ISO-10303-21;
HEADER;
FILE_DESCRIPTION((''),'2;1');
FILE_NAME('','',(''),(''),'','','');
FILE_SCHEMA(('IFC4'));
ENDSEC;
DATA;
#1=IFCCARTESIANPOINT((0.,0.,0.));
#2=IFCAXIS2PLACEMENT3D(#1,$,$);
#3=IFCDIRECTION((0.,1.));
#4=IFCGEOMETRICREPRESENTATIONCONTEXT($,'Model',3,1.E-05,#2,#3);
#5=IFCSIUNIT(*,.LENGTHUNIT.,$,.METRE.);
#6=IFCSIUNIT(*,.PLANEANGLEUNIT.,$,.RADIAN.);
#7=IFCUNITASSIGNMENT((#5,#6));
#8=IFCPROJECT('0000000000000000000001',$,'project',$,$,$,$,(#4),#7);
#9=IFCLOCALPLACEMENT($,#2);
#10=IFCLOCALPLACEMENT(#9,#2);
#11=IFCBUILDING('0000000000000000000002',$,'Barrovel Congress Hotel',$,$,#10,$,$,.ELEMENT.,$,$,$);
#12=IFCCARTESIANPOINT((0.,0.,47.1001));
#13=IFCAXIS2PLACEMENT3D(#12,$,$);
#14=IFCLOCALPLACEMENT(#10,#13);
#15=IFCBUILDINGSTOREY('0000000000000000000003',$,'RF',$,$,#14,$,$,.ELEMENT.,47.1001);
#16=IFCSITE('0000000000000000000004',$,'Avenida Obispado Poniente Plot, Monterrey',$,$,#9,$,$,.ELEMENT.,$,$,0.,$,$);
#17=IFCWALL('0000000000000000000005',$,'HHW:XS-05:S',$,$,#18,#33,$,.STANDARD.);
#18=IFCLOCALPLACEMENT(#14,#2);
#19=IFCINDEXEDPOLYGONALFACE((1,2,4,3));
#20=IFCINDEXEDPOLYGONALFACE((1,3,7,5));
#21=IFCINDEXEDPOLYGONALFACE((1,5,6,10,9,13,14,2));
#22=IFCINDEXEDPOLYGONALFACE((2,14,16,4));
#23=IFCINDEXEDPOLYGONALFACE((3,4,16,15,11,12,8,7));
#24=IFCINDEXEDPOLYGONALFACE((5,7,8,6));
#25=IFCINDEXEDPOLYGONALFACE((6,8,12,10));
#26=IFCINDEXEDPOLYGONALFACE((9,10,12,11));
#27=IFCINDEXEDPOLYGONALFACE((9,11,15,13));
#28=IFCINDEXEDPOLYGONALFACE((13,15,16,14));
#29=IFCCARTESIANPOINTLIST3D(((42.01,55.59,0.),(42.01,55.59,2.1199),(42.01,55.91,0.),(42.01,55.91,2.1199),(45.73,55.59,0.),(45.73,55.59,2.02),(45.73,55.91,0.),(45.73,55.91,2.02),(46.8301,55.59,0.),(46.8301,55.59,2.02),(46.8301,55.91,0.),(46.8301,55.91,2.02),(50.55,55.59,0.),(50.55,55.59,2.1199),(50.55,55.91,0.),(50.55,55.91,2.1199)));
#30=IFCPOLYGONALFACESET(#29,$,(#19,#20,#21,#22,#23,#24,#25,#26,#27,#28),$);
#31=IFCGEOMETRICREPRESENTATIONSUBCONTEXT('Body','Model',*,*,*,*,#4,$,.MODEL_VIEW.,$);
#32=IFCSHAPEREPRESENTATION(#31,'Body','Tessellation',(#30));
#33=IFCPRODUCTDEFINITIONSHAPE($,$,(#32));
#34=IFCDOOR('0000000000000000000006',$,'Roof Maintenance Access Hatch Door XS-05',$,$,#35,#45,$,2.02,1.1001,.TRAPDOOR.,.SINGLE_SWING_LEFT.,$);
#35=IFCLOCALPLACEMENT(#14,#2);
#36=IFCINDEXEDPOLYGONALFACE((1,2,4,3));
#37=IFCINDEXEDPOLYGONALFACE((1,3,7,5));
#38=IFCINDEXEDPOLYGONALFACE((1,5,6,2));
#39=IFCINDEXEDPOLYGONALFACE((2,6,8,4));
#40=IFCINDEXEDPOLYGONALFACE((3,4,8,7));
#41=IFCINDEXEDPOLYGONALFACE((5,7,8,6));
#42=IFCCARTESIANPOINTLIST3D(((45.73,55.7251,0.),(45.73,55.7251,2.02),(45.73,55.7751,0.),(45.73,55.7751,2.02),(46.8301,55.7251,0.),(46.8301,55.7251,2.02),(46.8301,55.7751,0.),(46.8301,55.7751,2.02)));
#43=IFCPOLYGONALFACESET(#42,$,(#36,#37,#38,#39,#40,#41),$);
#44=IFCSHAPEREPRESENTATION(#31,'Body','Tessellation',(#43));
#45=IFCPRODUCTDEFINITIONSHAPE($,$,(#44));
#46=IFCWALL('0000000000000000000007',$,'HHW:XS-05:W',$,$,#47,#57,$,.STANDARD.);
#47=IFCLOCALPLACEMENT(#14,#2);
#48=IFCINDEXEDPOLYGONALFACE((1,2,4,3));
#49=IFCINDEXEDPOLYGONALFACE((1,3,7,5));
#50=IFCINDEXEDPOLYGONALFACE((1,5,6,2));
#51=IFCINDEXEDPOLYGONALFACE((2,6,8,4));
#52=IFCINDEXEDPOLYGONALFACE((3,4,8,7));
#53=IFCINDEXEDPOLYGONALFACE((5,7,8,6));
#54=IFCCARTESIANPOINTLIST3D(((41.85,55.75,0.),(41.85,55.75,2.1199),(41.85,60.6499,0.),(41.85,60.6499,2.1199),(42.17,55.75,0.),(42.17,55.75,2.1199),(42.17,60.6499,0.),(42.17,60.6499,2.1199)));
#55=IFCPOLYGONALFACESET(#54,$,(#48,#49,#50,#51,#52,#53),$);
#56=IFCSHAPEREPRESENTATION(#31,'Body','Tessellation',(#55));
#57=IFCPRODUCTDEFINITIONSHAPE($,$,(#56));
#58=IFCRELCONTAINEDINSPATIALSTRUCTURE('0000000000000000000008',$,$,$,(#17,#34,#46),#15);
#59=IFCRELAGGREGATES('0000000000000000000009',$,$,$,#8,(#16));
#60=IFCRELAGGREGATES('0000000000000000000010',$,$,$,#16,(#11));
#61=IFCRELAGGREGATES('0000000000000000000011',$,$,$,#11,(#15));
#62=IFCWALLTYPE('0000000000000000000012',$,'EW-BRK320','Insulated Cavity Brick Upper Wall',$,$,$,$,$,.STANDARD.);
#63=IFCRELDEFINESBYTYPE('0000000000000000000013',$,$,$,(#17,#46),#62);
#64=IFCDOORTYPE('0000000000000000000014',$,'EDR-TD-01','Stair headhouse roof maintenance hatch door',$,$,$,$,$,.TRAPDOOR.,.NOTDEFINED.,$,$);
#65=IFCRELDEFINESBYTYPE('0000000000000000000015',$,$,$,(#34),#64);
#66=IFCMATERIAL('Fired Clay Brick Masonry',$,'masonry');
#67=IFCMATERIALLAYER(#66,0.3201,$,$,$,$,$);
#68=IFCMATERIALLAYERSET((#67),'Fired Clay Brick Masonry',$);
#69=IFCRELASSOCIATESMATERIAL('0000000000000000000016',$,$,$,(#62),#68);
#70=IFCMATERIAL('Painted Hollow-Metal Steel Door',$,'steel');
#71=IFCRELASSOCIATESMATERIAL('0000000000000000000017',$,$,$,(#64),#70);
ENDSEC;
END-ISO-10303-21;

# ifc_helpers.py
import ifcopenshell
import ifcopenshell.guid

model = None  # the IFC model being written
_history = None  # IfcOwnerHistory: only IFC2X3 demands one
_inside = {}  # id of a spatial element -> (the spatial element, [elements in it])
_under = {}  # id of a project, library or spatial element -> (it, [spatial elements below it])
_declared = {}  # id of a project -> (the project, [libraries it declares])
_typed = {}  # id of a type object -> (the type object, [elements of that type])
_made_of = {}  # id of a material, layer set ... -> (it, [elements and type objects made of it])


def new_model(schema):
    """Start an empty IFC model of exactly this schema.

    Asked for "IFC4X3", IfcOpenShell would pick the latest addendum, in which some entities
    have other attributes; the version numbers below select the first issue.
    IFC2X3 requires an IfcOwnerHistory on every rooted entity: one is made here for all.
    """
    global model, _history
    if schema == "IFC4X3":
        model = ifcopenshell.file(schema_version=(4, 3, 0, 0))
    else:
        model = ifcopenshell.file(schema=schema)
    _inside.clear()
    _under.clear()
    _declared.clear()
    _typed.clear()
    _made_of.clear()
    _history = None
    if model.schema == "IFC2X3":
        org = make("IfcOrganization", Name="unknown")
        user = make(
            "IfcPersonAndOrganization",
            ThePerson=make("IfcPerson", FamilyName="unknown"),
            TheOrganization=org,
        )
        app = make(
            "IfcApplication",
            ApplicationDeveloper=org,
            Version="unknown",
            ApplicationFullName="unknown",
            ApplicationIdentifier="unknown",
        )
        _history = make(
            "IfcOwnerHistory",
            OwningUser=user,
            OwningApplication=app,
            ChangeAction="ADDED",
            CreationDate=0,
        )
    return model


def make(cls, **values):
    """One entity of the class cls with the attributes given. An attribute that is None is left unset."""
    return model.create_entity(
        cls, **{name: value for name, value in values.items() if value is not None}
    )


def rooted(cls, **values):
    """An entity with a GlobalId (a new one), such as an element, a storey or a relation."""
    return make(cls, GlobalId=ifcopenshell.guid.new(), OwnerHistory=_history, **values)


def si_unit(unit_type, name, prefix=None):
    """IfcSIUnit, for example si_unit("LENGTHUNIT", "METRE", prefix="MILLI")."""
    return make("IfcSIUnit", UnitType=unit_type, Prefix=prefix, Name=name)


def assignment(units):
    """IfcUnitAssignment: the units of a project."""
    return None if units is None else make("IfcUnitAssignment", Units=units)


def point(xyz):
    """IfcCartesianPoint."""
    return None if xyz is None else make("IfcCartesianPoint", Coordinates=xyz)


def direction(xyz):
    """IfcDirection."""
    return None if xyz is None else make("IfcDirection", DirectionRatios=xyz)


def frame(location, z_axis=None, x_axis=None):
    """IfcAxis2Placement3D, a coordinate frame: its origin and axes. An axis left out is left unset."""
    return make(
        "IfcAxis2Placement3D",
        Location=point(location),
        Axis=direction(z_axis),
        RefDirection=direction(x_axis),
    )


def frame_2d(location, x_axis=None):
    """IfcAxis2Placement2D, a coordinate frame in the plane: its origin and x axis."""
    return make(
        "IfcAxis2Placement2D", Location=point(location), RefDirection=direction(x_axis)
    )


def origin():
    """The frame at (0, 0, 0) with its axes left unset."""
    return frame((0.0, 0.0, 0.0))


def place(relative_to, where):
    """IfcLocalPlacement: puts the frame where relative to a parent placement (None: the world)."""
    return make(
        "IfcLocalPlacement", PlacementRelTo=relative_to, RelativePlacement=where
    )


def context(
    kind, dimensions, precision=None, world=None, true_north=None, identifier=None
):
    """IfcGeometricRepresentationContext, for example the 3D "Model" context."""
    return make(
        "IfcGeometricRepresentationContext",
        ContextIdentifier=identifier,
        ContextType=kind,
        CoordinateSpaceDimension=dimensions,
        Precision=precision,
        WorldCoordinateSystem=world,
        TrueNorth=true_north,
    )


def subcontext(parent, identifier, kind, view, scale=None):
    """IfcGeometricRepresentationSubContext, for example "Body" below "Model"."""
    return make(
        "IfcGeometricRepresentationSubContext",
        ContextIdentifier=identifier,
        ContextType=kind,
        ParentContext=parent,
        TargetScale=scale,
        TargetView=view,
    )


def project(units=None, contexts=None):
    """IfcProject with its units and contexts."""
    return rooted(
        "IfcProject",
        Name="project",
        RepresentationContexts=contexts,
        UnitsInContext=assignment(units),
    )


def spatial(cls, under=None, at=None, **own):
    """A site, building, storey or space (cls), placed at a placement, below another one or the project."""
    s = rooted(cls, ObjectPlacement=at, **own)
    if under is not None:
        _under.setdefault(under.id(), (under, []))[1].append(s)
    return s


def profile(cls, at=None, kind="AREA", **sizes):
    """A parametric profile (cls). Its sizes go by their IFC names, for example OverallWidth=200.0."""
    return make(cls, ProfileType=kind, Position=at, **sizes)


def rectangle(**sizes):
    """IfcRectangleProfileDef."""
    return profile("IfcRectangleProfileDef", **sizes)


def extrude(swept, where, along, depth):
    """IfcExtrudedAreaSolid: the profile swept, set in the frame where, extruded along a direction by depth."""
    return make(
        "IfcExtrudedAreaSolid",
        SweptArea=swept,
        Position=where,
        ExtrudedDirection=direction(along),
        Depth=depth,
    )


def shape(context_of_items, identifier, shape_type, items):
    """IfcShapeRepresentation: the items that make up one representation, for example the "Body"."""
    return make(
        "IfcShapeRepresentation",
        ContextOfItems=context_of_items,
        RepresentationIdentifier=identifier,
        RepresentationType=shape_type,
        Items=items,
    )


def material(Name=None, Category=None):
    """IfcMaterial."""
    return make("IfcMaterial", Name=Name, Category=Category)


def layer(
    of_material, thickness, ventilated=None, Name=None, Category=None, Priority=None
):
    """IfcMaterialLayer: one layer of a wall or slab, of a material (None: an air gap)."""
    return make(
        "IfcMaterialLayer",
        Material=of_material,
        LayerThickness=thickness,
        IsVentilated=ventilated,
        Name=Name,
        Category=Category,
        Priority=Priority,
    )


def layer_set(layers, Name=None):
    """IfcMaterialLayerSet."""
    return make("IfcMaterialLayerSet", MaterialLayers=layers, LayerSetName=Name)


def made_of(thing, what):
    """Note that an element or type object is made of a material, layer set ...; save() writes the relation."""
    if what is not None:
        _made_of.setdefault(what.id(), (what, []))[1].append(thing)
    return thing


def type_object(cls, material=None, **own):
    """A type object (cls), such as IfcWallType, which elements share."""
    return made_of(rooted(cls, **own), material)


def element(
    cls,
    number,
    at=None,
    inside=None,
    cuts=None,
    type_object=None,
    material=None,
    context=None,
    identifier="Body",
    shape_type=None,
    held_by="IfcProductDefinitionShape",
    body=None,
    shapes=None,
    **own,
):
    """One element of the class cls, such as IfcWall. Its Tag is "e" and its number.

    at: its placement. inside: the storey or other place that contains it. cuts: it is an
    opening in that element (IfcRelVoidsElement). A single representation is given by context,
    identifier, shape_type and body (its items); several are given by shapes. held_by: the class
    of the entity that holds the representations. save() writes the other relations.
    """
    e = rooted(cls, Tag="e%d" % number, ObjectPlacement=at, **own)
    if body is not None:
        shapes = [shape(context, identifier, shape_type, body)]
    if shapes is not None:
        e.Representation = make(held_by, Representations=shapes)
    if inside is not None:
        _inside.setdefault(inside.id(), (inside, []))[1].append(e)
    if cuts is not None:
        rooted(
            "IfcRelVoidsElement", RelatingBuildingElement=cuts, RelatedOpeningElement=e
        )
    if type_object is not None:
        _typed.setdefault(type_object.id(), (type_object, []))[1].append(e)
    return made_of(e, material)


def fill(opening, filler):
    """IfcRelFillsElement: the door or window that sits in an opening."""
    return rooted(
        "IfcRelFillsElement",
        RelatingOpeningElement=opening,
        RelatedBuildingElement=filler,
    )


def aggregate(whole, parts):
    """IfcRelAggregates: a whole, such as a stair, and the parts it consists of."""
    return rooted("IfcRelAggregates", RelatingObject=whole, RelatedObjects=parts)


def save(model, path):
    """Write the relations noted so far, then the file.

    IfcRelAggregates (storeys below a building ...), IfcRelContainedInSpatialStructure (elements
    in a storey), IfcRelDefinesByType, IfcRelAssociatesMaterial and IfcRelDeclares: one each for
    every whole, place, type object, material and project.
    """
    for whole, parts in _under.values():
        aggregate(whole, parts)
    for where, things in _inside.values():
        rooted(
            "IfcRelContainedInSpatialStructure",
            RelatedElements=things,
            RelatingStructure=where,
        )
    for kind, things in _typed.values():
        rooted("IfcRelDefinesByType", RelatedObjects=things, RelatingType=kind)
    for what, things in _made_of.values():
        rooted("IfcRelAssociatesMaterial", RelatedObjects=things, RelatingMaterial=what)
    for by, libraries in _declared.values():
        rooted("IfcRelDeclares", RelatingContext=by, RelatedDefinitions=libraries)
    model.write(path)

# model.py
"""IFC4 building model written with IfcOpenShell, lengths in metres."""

from ifc_helpers import new_model, si_unit, direction, frame, frame_2d, origin, place, context, subcontext, project, spatial, rectangle, extrude, material, layer, layer_set, type_object, element, fill, save


model = new_model("IFC4")

# Units and contexts
model_context = context("Model", 3, precision=1e-05, world=origin(), true_north=direction((0.0, 1.0)))
body_context = subcontext(model_context, "Body", "Model", "MODEL_VIEW")
ifc_project = project(units=[si_unit("LENGTHUNIT", "METRE"), si_unit("PLANEANGLEUNIT", "RADIAN")], contexts=[model_context])

# Site, building, storey
site_placement = place(None, origin())
site = spatial("IfcSite", under=ifc_project, at=site_placement, Name="Avenida Obispado Poniente Plot, Monterrey", CompositionType="ELEMENT", RefElevation=0.0)
building_placement = place(site_placement, origin())
building = spatial("IfcBuilding", under=site, at=building_placement, Name="Barrovel Congress Hotel", CompositionType="ELEMENT")
storey_placement = place(building_placement, frame((0.0, 0.0, 47.1001)))
storey = spatial("IfcBuildingStorey", under=building, at=storey_placement, Name="RF", CompositionType="ELEMENT", Elevation=47.1001)

# Wall, opening, door
ifc_material_1 = material(Name="Fired Clay Brick Masonry", Category="masonry")
ifc_layer_1 = layer(ifc_material_1, 0.3201)
ifc_layer_set_1 = layer_set([ifc_layer_1], Name="Fired Clay Brick Masonry")
wall_type = type_object("IfcWallType", Name="EW-BRK320", Description="Insulated Cavity Brick Upper Wall", PredefinedType="STANDARD", material=ifc_layer_set_1)
wall_1_placement = place(storey_placement, frame((42.01, 55.75, 0.0), z_axis=(0.0, 0.0, 1.0), x_axis=(1.0, 0.0, 0.0)))
wall_1 = element("IfcWall", 1, at=wall_1_placement, inside=storey, type_object=wall_type, Name="HHW:XS-05:S", PredefinedType="STANDARD", context=body_context, shape_type="SweptSolid", body=[
    extrude(rectangle(XDim=8.54, YDim=0.3201, at=frame_2d((4.27, 0.0))), origin(), (0.0, 0.0, 1.0), 2.1199),
])
opening_placement = place(wall_1_placement, frame((4.8201, 0.0, 0.0), z_axis=(0.0, 0.0, 1.0), x_axis=(-1.0, 0.0, 0.0)))
opening = element("IfcOpeningElement", 2, at=opening_placement, cuts=wall_1, PredefinedType="OPENING", context=body_context, shape_type="SweptSolid", body=[
    extrude(rectangle(XDim=1.1001, YDim=2.02, at=frame_2d((0.55, 1.01))), frame((0.0, 0.1699, 0.0), z_axis=(0.0, -1.0, 0.0), x_axis=(1.0, 0.0, 0.0)), (0.0, 0.0, 1.0), 0.3401),
])
ifc_material_2 = material(Name="Painted Hollow-Metal Steel Door", Category="steel")
door_type = type_object("IfcDoorType", Name="EDR-TD-01", Description="Stair headhouse roof maintenance hatch door", OperationType="NOTDEFINED", PredefinedType="TRAPDOOR", material=ifc_material_2)
door_placement = place(opening_placement, origin())
door = element("IfcDoor", 3, at=door_placement, inside=storey, type_object=door_type, Name="Roof Maintenance Access Hatch Door XS-05", OperationType="SINGLE_SWING_LEFT", OverallHeight=2.02, OverallWidth=1.1001, PredefinedType="TRAPDOOR", context=body_context, shape_type="SweptSolid", body=[
    extrude(rectangle(XDim=1.1001, YDim=2.02, at=frame_2d((0.55, 1.01))), frame((0.0, 0.0249, 0.0), z_axis=(0.0, -1.0, 0.0), x_axis=(1.0, 0.0, 0.0)), (0.0, 0.0, 1.0), 0.05),
])
fill(opening, door)

# Wall
wall_2_placement = place(storey_placement, frame((42.01, 60.6499, 0.0), z_axis=(0.0, 0.0, 1.0), x_axis=(0.0, -1.0, 0.0)))
element("IfcWall", 4, at=wall_2_placement, inside=storey, type_object=wall_type, Name="HHW:XS-05:W", PredefinedType="STANDARD", context=body_context, shape_type="SweptSolid", body=[
    extrude(rectangle(XDim=4.8999, YDim=0.3201, at=frame_2d((2.45, 0.0))), origin(), (0.0, 0.0, 1.0), 2.1199),
])

save(model, "model.ifc")
